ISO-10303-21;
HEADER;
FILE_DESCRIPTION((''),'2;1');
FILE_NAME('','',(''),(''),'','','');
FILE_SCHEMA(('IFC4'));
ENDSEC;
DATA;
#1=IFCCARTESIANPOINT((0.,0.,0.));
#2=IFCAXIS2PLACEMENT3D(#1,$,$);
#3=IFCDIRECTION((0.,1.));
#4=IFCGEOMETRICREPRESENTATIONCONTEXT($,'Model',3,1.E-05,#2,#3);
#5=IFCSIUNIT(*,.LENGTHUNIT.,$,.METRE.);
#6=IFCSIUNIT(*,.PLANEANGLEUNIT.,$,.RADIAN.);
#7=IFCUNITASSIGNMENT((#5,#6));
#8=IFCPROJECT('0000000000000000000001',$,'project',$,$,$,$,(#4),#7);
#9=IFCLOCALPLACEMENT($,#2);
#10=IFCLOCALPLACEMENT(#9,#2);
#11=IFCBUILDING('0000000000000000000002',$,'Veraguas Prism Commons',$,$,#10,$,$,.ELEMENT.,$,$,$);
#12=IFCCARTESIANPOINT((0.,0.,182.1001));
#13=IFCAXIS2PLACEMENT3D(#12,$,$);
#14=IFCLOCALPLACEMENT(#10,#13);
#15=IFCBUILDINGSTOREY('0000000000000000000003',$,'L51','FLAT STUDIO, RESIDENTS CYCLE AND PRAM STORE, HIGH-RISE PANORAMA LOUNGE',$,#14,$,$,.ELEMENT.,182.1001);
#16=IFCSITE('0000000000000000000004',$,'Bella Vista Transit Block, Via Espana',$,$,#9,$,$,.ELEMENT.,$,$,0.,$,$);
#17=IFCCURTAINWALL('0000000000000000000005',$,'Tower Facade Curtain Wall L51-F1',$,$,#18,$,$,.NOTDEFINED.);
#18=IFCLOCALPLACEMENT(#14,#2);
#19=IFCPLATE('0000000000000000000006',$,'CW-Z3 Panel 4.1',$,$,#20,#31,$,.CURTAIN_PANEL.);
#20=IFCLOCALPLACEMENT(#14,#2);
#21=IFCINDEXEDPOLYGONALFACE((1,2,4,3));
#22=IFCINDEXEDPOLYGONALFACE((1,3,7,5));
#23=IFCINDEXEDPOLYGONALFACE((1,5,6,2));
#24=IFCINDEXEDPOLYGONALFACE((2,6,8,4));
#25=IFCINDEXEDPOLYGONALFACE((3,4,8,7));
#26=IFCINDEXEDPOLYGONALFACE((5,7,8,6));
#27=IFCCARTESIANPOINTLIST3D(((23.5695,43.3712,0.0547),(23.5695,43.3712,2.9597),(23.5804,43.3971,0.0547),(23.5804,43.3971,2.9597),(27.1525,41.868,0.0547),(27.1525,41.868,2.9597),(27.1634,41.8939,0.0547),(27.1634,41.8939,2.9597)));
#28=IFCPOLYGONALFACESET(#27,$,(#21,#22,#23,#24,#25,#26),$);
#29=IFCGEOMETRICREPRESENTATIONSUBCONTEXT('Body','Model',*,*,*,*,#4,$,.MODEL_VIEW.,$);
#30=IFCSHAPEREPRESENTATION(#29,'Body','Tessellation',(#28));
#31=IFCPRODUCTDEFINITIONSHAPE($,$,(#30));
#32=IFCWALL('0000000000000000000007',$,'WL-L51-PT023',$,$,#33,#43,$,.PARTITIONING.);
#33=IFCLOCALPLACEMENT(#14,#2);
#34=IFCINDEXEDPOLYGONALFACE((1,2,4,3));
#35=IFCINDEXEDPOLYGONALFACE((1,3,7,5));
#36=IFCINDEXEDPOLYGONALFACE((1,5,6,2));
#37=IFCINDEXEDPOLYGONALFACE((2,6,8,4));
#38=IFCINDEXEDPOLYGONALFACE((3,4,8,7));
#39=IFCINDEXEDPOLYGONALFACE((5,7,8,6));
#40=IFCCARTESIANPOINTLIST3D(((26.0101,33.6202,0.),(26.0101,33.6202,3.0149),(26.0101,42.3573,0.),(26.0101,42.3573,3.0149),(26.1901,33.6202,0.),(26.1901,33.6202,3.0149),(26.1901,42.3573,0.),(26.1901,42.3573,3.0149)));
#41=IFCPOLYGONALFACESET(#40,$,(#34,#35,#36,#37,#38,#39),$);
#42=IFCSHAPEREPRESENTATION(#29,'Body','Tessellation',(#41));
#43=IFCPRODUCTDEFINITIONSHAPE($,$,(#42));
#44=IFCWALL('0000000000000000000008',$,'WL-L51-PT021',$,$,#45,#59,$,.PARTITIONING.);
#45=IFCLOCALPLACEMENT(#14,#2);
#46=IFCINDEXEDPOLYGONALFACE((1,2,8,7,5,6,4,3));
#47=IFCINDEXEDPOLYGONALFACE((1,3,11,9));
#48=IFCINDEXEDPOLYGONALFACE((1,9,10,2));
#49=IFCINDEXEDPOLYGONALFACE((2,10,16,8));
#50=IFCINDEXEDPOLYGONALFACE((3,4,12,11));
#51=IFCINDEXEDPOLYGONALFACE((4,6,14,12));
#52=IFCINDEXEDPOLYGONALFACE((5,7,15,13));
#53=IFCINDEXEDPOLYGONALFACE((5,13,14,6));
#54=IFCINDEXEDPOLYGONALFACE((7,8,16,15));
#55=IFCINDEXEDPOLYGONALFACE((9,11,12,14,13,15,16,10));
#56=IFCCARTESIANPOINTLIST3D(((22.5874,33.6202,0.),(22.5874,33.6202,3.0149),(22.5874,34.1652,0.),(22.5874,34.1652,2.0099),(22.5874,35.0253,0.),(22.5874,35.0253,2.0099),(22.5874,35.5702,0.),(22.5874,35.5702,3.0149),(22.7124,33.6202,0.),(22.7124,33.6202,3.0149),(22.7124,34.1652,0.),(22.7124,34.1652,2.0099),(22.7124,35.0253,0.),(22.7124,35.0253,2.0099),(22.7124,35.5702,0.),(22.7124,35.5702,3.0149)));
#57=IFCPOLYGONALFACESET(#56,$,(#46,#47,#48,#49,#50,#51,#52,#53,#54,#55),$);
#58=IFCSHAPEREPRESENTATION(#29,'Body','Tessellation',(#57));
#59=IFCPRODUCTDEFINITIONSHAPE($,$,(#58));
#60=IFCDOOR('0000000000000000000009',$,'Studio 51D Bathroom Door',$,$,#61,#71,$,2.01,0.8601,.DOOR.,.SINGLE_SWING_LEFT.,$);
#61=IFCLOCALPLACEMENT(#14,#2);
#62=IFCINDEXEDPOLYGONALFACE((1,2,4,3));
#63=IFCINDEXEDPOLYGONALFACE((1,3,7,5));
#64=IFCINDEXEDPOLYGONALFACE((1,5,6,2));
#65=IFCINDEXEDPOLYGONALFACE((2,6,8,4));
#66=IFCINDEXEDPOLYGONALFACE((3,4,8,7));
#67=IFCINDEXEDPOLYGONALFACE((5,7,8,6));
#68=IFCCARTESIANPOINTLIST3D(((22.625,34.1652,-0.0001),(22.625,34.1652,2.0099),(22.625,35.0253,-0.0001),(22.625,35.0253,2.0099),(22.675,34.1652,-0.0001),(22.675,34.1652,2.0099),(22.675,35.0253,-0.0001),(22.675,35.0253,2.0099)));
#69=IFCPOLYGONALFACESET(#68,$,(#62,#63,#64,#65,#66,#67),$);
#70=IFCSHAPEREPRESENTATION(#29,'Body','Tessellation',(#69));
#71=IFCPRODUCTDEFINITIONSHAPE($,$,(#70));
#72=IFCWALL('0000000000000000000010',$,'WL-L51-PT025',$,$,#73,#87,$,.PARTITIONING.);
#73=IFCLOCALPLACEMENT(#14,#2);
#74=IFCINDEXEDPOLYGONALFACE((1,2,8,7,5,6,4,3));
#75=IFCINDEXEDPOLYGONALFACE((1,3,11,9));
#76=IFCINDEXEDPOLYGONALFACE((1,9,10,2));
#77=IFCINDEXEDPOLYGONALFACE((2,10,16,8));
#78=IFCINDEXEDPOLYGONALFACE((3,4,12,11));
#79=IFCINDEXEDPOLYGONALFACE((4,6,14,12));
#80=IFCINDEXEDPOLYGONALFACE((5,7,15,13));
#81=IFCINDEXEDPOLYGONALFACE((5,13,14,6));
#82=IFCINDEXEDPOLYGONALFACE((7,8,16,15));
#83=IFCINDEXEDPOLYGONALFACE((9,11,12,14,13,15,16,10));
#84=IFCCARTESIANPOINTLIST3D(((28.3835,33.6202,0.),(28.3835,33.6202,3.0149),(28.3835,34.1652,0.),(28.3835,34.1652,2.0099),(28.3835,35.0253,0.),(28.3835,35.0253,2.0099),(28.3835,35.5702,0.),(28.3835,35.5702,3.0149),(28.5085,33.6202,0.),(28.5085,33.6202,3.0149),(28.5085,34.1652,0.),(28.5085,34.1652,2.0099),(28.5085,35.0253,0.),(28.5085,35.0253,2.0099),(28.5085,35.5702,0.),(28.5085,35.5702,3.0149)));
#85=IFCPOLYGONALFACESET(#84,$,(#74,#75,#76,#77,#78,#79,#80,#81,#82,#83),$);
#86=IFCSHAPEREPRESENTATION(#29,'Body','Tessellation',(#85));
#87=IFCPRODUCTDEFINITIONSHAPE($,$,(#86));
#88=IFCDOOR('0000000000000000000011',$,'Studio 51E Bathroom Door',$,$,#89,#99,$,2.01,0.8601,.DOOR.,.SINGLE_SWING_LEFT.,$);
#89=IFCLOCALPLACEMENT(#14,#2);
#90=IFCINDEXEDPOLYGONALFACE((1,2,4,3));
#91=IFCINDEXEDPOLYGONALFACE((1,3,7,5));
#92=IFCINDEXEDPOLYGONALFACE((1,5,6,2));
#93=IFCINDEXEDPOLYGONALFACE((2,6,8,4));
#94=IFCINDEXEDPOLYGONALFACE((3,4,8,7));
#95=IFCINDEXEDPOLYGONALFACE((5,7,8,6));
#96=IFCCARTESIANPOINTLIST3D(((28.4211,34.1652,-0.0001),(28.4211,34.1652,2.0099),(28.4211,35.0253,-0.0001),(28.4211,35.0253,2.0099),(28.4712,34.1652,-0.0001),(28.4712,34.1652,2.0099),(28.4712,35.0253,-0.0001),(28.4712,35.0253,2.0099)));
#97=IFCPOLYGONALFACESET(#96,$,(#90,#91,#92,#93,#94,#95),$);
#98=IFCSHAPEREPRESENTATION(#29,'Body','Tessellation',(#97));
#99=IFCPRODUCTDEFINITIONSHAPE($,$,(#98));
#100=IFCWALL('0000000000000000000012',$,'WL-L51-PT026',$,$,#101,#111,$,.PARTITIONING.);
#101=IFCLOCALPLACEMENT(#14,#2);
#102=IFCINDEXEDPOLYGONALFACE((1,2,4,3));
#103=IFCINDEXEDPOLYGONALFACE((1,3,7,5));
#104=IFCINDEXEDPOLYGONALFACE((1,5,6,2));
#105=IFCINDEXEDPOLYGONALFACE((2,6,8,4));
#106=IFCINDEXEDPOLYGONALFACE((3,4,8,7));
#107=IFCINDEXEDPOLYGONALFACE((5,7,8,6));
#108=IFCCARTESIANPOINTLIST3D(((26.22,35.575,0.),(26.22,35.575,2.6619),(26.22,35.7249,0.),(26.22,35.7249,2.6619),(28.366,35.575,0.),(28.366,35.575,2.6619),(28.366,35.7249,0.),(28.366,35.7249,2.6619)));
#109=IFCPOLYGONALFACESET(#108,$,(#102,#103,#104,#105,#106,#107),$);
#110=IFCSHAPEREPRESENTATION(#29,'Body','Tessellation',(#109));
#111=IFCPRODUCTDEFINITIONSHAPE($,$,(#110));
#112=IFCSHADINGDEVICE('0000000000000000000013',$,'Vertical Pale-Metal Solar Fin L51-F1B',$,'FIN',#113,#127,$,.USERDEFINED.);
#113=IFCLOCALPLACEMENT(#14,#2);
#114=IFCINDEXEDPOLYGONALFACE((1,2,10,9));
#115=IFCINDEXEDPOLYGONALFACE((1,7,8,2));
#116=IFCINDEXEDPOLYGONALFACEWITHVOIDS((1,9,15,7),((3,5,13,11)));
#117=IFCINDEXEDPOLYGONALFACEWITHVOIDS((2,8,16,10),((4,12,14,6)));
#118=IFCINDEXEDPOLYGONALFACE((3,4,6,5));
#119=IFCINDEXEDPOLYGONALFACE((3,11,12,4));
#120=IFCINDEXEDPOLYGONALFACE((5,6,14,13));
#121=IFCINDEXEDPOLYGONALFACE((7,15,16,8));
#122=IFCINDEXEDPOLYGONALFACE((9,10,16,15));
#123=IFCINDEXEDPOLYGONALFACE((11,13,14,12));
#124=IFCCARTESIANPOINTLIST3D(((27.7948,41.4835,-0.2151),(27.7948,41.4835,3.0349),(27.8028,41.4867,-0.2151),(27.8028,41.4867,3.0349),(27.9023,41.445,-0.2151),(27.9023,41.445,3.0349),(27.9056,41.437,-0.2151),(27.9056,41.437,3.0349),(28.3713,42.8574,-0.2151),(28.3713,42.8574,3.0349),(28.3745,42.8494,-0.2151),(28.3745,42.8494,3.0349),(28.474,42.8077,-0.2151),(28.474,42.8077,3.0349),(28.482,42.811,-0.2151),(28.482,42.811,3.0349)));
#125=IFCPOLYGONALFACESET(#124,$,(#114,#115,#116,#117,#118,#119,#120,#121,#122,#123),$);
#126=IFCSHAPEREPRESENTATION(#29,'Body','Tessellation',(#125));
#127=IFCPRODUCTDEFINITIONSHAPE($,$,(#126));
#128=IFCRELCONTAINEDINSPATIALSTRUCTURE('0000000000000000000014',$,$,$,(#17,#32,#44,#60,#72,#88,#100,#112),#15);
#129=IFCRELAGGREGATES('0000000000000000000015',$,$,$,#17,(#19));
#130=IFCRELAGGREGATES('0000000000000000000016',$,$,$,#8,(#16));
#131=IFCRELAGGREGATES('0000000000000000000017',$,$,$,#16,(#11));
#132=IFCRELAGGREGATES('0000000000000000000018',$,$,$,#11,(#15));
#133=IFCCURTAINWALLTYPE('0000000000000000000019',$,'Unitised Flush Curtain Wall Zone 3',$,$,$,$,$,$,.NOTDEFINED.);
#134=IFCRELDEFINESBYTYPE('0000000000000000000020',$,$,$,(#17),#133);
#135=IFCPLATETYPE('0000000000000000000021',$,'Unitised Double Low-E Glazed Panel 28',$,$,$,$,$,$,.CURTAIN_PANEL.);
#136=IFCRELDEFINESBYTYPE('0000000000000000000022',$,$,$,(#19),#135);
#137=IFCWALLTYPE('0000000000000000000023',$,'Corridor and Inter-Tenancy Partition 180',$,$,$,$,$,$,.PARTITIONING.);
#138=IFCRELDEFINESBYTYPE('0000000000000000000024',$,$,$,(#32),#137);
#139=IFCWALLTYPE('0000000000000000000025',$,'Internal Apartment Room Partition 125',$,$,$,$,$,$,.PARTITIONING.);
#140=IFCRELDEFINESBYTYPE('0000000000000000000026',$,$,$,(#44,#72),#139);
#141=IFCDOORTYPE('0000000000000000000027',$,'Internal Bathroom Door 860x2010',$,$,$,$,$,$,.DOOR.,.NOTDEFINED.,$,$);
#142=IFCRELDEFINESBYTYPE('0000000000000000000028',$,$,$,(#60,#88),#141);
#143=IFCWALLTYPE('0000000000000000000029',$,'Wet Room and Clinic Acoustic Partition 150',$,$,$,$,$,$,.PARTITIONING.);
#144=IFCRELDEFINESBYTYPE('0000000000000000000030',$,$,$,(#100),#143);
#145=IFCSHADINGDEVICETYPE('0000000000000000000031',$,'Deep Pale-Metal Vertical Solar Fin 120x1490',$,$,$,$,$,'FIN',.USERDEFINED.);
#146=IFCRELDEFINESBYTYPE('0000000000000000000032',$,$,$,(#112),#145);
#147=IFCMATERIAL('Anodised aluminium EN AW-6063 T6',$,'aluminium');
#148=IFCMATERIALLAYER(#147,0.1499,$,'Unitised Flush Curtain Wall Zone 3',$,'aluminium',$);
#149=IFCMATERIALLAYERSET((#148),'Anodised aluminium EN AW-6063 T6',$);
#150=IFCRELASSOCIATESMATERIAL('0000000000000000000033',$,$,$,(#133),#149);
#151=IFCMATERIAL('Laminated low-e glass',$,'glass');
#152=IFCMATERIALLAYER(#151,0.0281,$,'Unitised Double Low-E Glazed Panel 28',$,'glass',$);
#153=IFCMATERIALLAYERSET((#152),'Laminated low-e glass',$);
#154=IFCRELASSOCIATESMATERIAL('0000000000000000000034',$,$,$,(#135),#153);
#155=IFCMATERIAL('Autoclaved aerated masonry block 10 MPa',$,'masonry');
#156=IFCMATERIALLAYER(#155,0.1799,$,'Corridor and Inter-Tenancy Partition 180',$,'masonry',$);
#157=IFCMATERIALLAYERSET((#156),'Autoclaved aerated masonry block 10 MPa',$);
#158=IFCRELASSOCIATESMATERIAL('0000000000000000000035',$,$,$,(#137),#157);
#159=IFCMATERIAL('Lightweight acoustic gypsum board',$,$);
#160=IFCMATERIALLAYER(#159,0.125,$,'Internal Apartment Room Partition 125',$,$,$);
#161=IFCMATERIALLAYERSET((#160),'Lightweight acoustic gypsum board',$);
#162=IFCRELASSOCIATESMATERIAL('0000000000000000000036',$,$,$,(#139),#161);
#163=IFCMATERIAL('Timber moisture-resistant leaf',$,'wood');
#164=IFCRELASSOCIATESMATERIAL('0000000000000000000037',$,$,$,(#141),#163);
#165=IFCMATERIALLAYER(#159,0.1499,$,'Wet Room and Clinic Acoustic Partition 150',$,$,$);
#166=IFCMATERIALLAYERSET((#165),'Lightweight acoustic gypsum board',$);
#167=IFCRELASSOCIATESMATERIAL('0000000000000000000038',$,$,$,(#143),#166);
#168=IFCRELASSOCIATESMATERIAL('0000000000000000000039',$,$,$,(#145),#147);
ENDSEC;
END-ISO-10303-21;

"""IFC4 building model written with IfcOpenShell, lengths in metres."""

from ifc_helpers import new_model, si_unit, direction, frame, frame_2d, origin, origin_2d, place, context, subcontext, project, spatial, rectangle, hollow_rectangle, extrude, source, transform, mapped, material, layer, layer_set, material_profile, profile_set, type_object, element, fill, aggregate, save


model = new_model("IFC4")

# Units and contexts
model_context = context("Model", 3, precision=1e-05, world=origin(), true_north=direction((0.0, 1.0)))
body_context = subcontext(model_context, "Body", "Model", "MODEL_VIEW")
ifc_project = project(units=[si_unit("LENGTHUNIT", "METRE"), si_unit("PLANEANGLEUNIT", "RADIAN")], contexts=[model_context])

# Site, building, storey
site_placement = place(None, origin())
site = spatial("IfcSite", under=ifc_project, at=site_placement, Name="Bella Vista Transit Block, Via Espana", CompositionType="ELEMENT", RefElevation=0.0)
building_placement = place(site_placement, origin())
building = spatial("IfcBuilding", under=site, at=building_placement, Name="Veraguas Prism Commons", CompositionType="ELEMENT")
storey_placement = place(building_placement, frame((0.0, 0.0, 182.1001)))
storey = spatial("IfcBuildingStorey", under=building, at=storey_placement, Name="L51", Description="FLAT STUDIO, RESIDENTS CYCLE AND PRAM STORE, HIGH-RISE PANORAMA LOUNGE", CompositionType="ELEMENT", Elevation=182.1001)

# Curtain wall
ifc_material_1 = material(Name="Anodised aluminium EN AW-6063 T6", Category="aluminium")
ifc_layer_1 = layer(ifc_material_1, 0.1499, Name="Unitised Flush Curtain Wall Zone 3", Category="aluminium")
ifc_layer_set_1 = layer_set([ifc_layer_1], Name="Anodised aluminium EN AW-6063 T6")
curtain_wall_type = type_object("IfcCurtainWallType", Name="Unitised Flush Curtain Wall Zone 3", PredefinedType="NOTDEFINED", material=ifc_layer_set_1)
curtain_wall_1_placement = place(storey_placement, origin())
curtain_wall_1 = element("IfcCurtainWall", 1, at=curtain_wall_1_placement, inside=storey, type_object=curtain_wall_type, Name="Tower Facade Curtain Wall L51-F1", PredefinedType="NOTDEFINED")

# Plate
ifc_material_2 = material(Name="Laminated low-e glass", Category="glass")
ifc_layer_2 = layer(ifc_material_2, 0.0281, Name="Unitised Double Low-E Glazed Panel 28", Category="glass")
ifc_layer_set_2 = layer_set([ifc_layer_2], Name="Laminated low-e glass")
plate_type = type_object("IfcPlateType", Name="Unitised Double Low-E Glazed Panel 28", PredefinedType="CURTAIN_PANEL", material=ifc_layer_set_2)
shared_shape_1 = source(origin(), body_context, "Body", "SweptSolid", [
    extrude(rectangle(XDim=3.8855, YDim=0.0281, at=origin_2d()), origin(), (0.0, 0.0, 1.0), 2.905),
])
plate_placement = place(storey_placement, frame((25.3665, 42.6326, 0.0547), z_axis=(0.0, 0.0, 1.0), x_axis=(-0.922134, 0.38687, 0.0)))
plate = element("IfcPlate", 2, at=plate_placement, type_object=plate_type, Name="CW-Z3 Panel 4.1", PredefinedType="CURTAIN_PANEL", context=body_context, shape_type="MappedRepresentation", body=[
    mapped(shared_shape_1, transform((0.0, 0.0, 0.0), scale=1.0)),
])
aggregate(curtain_wall_1, [plate])

# Wall
ifc_material_3 = material(Name="Autoclaved aerated masonry block 10 MPa", Category="masonry")
ifc_layer_3 = layer(ifc_material_3, 0.1799, Name="Corridor and Inter-Tenancy Partition 180", Category="masonry")
ifc_layer_set_3 = layer_set([ifc_layer_3], Name="Autoclaved aerated masonry block 10 MPa")
wall_type_1 = type_object("IfcWallType", Name="Corridor and Inter-Tenancy Partition 180", PredefinedType="PARTITIONING", material=ifc_layer_set_3)
wall_1_placement = place(storey_placement, frame((26.1001, 33.6201, 0.0), z_axis=(0.0, 0.0, 1.0), x_axis=(0.0, 1.0, 0.0)))
element("IfcWall", 3, at=wall_1_placement, inside=storey, type_object=wall_type_1, Name="WL-L51-PT023", PredefinedType="PARTITIONING", context=body_context, shape_type="SweptSolid", body=[
    extrude(rectangle(XDim=8.7371, YDim=0.1799, at=frame_2d((4.3687, 0.0))), origin(), (0.0, 0.0, 1.0), 3.0149),
])

# Walls, openings, doors
ifc_material_4 = material(Name="Lightweight acoustic gypsum board")
ifc_layer_4 = layer(ifc_material_4, 0.125, Name="Internal Apartment Room Partition 125")
ifc_layer_set_4 = layer_set([ifc_layer_4], Name="Lightweight acoustic gypsum board")
wall_type_2 = type_object("IfcWallType", Name="Internal Apartment Room Partition 125", PredefinedType="PARTITIONING", material=ifc_layer_set_4)
wall_2_placement = place(storey_placement, frame((22.6499, 33.6201, 0.0), z_axis=(0.0, 0.0, 1.0), x_axis=(0.0, 1.0, 0.0)))
wall_2 = element("IfcWall", 4, at=wall_2_placement, inside=storey, type_object=wall_type_2, Name="WL-L51-PT021", PredefinedType="PARTITIONING", context=body_context, shape_type="SweptSolid", body=[
    extrude(rectangle(XDim=1.95, YDim=0.125, at=frame_2d((0.9751, 0.0))), origin(), (0.0, 0.0, 1.0), 3.0149),
])
opening_1_placement = place(wall_2_placement, frame((0.5449, 0.0, 0.0)))
opening_1 = element("IfcOpeningElement", 5, at=opening_1_placement, cuts=wall_2, PredefinedType="OPENING", context=body_context, shape_type="SweptSolid", body=[
    extrude(rectangle(XDim=0.8601, YDim=2.01, at=frame_2d((0.4302, 1.0049))), frame((0.0, 0.0725, 0.0), z_axis=(0.0, -1.0, 0.0), x_axis=(1.0, 0.0, 0.0)), (0.0, 0.0, 1.0), 0.145),
])
ifc_material_5 = material(Name="Timber moisture-resistant leaf", Category="wood")
door_type = type_object("IfcDoorType", Name="Internal Bathroom Door 860x2010", OperationType="NOTDEFINED", PredefinedType="DOOR", material=ifc_material_5)
shared_shape_2 = source(origin(), body_context, "Body", "SweptSolid", [
    extrude(rectangle(XDim=0.8601, YDim=2.01, at=frame_2d((0.4302, 1.0049))), frame((0.0, 0.0249, 0.0), z_axis=(0.0, -1.0, 0.0), x_axis=(1.0, 0.0, 0.0)), (0.0, 0.0, 1.0), 0.05),
])
door_1_placement = place(opening_1_placement, origin())
door_1 = element("IfcDoor", 6, at=door_1_placement, inside=storey, type_object=door_type, Name="Studio 51D Bathroom Door", OperationType="SINGLE_SWING_LEFT", OverallHeight=2.01, OverallWidth=0.8601, PredefinedType="DOOR", context=body_context, shape_type="MappedRepresentation", body=[
    mapped(shared_shape_2, transform((0.0, 0.0, 0.0), scale=1.0)),
])
fill(opening_1, door_1)
wall_3_placement = place(storey_placement, frame((28.446, 33.6201, 0.0), z_axis=(0.0, 0.0, 1.0), x_axis=(0.0, 1.0, 0.0)))
wall_3 = element("IfcWall", 7, at=wall_3_placement, inside=storey, type_object=wall_type_2, Name="WL-L51-PT025", PredefinedType="PARTITIONING", context=body_context, shape_type="SweptSolid", body=[
    extrude(rectangle(XDim=1.95, YDim=0.125, at=frame_2d((0.9751, 0.0))), origin(), (0.0, 0.0, 1.0), 3.0149),
])
opening_2_placement = place(wall_3_placement, frame((0.5449, 0.0, 0.0)))
opening_2 = element("IfcOpeningElement", 8, at=opening_2_placement, cuts=wall_3, PredefinedType="OPENING", context=body_context, shape_type="SweptSolid", body=[
    extrude(rectangle(XDim=0.8601, YDim=2.01, at=frame_2d((0.4302, 1.0049))), frame((0.0, 0.0725, 0.0), z_axis=(0.0, -1.0, 0.0), x_axis=(1.0, 0.0, 0.0)), (0.0, 0.0, 1.0), 0.145),
])
door_2_placement = place(opening_2_placement, origin())
door_2 = element("IfcDoor", 9, at=door_2_placement, inside=storey, type_object=door_type, Name="Studio 51E Bathroom Door", OperationType="SINGLE_SWING_LEFT", OverallHeight=2.01, OverallWidth=0.8601, PredefinedType="DOOR", context=body_context, shape_type="MappedRepresentation", body=[
    mapped(shared_shape_2, transform((0.0, 0.0, 0.0), scale=1.0)),
])
fill(opening_2, door_2)

# Wall
ifc_layer_5 = layer(ifc_material_4, 0.1499, Name="Wet Room and Clinic Acoustic Partition 150")
ifc_layer_set_5 = layer_set([ifc_layer_5], Name="Lightweight acoustic gypsum board")
wall_type_3 = type_object("IfcWallType", Name="Wet Room and Clinic Acoustic Partition 150", PredefinedType="PARTITIONING", material=ifc_layer_set_5)
wall_4_placement = place(storey_placement, frame((26.22, 35.6499, 0.0), z_axis=(0.0, 0.0, 1.0), x_axis=(1.0, 0.0, 0.0)))
element("IfcWall", 10, at=wall_4_placement, inside=storey, type_object=wall_type_3, Name="WL-L51-PT026", PredefinedType="PARTITIONING", context=body_context, shape_type="SweptSolid", body=[
    extrude(rectangle(XDim=2.146, YDim=0.1499, at=frame_2d((1.073, 0.0))), origin(), (0.0, 0.0, 1.0), 2.6619),
])

# Shading device
ifc_material_profile_1 = material_profile(ifc_material_1, hollow_rectangle(XDim=0.1201, YDim=1.49, WallThickness=0.0061, at=origin_2d()), Name="FIN120X1490X6")
ifc_profile_set_1 = profile_set([ifc_material_profile_1], Name="Anodised aluminium EN AW-6063 T6")
shading_device_type = type_object("IfcShadingDeviceType", Name="Deep Pale-Metal Vertical Solar Fin 120x1490", ElementType="FIN", PredefinedType="USERDEFINED", material=ifc_profile_set_1)
shading_device_placement = place(storey_placement, frame((28.1384, 42.1472, -0.2151), z_axis=(0.0, 0.0, 1.0), x_axis=(-0.922134, 0.38687, 0.0)))
element("IfcShadingDevice", 11, at=shading_device_placement, inside=storey, type_object=shading_device_type, Name="Vertical Pale-Metal Solar Fin L51-F1B", ObjectType="FIN", PredefinedType="USERDEFINED", context=body_context, shape_type="SweptSolid", body=[
    extrude(hollow_rectangle(XDim=0.1201, YDim=1.49, WallThickness=0.0061, at=origin_2d()), origin(), (0.0, 0.0, 1.0), 3.25),
])

save(model, "model.ifc")
